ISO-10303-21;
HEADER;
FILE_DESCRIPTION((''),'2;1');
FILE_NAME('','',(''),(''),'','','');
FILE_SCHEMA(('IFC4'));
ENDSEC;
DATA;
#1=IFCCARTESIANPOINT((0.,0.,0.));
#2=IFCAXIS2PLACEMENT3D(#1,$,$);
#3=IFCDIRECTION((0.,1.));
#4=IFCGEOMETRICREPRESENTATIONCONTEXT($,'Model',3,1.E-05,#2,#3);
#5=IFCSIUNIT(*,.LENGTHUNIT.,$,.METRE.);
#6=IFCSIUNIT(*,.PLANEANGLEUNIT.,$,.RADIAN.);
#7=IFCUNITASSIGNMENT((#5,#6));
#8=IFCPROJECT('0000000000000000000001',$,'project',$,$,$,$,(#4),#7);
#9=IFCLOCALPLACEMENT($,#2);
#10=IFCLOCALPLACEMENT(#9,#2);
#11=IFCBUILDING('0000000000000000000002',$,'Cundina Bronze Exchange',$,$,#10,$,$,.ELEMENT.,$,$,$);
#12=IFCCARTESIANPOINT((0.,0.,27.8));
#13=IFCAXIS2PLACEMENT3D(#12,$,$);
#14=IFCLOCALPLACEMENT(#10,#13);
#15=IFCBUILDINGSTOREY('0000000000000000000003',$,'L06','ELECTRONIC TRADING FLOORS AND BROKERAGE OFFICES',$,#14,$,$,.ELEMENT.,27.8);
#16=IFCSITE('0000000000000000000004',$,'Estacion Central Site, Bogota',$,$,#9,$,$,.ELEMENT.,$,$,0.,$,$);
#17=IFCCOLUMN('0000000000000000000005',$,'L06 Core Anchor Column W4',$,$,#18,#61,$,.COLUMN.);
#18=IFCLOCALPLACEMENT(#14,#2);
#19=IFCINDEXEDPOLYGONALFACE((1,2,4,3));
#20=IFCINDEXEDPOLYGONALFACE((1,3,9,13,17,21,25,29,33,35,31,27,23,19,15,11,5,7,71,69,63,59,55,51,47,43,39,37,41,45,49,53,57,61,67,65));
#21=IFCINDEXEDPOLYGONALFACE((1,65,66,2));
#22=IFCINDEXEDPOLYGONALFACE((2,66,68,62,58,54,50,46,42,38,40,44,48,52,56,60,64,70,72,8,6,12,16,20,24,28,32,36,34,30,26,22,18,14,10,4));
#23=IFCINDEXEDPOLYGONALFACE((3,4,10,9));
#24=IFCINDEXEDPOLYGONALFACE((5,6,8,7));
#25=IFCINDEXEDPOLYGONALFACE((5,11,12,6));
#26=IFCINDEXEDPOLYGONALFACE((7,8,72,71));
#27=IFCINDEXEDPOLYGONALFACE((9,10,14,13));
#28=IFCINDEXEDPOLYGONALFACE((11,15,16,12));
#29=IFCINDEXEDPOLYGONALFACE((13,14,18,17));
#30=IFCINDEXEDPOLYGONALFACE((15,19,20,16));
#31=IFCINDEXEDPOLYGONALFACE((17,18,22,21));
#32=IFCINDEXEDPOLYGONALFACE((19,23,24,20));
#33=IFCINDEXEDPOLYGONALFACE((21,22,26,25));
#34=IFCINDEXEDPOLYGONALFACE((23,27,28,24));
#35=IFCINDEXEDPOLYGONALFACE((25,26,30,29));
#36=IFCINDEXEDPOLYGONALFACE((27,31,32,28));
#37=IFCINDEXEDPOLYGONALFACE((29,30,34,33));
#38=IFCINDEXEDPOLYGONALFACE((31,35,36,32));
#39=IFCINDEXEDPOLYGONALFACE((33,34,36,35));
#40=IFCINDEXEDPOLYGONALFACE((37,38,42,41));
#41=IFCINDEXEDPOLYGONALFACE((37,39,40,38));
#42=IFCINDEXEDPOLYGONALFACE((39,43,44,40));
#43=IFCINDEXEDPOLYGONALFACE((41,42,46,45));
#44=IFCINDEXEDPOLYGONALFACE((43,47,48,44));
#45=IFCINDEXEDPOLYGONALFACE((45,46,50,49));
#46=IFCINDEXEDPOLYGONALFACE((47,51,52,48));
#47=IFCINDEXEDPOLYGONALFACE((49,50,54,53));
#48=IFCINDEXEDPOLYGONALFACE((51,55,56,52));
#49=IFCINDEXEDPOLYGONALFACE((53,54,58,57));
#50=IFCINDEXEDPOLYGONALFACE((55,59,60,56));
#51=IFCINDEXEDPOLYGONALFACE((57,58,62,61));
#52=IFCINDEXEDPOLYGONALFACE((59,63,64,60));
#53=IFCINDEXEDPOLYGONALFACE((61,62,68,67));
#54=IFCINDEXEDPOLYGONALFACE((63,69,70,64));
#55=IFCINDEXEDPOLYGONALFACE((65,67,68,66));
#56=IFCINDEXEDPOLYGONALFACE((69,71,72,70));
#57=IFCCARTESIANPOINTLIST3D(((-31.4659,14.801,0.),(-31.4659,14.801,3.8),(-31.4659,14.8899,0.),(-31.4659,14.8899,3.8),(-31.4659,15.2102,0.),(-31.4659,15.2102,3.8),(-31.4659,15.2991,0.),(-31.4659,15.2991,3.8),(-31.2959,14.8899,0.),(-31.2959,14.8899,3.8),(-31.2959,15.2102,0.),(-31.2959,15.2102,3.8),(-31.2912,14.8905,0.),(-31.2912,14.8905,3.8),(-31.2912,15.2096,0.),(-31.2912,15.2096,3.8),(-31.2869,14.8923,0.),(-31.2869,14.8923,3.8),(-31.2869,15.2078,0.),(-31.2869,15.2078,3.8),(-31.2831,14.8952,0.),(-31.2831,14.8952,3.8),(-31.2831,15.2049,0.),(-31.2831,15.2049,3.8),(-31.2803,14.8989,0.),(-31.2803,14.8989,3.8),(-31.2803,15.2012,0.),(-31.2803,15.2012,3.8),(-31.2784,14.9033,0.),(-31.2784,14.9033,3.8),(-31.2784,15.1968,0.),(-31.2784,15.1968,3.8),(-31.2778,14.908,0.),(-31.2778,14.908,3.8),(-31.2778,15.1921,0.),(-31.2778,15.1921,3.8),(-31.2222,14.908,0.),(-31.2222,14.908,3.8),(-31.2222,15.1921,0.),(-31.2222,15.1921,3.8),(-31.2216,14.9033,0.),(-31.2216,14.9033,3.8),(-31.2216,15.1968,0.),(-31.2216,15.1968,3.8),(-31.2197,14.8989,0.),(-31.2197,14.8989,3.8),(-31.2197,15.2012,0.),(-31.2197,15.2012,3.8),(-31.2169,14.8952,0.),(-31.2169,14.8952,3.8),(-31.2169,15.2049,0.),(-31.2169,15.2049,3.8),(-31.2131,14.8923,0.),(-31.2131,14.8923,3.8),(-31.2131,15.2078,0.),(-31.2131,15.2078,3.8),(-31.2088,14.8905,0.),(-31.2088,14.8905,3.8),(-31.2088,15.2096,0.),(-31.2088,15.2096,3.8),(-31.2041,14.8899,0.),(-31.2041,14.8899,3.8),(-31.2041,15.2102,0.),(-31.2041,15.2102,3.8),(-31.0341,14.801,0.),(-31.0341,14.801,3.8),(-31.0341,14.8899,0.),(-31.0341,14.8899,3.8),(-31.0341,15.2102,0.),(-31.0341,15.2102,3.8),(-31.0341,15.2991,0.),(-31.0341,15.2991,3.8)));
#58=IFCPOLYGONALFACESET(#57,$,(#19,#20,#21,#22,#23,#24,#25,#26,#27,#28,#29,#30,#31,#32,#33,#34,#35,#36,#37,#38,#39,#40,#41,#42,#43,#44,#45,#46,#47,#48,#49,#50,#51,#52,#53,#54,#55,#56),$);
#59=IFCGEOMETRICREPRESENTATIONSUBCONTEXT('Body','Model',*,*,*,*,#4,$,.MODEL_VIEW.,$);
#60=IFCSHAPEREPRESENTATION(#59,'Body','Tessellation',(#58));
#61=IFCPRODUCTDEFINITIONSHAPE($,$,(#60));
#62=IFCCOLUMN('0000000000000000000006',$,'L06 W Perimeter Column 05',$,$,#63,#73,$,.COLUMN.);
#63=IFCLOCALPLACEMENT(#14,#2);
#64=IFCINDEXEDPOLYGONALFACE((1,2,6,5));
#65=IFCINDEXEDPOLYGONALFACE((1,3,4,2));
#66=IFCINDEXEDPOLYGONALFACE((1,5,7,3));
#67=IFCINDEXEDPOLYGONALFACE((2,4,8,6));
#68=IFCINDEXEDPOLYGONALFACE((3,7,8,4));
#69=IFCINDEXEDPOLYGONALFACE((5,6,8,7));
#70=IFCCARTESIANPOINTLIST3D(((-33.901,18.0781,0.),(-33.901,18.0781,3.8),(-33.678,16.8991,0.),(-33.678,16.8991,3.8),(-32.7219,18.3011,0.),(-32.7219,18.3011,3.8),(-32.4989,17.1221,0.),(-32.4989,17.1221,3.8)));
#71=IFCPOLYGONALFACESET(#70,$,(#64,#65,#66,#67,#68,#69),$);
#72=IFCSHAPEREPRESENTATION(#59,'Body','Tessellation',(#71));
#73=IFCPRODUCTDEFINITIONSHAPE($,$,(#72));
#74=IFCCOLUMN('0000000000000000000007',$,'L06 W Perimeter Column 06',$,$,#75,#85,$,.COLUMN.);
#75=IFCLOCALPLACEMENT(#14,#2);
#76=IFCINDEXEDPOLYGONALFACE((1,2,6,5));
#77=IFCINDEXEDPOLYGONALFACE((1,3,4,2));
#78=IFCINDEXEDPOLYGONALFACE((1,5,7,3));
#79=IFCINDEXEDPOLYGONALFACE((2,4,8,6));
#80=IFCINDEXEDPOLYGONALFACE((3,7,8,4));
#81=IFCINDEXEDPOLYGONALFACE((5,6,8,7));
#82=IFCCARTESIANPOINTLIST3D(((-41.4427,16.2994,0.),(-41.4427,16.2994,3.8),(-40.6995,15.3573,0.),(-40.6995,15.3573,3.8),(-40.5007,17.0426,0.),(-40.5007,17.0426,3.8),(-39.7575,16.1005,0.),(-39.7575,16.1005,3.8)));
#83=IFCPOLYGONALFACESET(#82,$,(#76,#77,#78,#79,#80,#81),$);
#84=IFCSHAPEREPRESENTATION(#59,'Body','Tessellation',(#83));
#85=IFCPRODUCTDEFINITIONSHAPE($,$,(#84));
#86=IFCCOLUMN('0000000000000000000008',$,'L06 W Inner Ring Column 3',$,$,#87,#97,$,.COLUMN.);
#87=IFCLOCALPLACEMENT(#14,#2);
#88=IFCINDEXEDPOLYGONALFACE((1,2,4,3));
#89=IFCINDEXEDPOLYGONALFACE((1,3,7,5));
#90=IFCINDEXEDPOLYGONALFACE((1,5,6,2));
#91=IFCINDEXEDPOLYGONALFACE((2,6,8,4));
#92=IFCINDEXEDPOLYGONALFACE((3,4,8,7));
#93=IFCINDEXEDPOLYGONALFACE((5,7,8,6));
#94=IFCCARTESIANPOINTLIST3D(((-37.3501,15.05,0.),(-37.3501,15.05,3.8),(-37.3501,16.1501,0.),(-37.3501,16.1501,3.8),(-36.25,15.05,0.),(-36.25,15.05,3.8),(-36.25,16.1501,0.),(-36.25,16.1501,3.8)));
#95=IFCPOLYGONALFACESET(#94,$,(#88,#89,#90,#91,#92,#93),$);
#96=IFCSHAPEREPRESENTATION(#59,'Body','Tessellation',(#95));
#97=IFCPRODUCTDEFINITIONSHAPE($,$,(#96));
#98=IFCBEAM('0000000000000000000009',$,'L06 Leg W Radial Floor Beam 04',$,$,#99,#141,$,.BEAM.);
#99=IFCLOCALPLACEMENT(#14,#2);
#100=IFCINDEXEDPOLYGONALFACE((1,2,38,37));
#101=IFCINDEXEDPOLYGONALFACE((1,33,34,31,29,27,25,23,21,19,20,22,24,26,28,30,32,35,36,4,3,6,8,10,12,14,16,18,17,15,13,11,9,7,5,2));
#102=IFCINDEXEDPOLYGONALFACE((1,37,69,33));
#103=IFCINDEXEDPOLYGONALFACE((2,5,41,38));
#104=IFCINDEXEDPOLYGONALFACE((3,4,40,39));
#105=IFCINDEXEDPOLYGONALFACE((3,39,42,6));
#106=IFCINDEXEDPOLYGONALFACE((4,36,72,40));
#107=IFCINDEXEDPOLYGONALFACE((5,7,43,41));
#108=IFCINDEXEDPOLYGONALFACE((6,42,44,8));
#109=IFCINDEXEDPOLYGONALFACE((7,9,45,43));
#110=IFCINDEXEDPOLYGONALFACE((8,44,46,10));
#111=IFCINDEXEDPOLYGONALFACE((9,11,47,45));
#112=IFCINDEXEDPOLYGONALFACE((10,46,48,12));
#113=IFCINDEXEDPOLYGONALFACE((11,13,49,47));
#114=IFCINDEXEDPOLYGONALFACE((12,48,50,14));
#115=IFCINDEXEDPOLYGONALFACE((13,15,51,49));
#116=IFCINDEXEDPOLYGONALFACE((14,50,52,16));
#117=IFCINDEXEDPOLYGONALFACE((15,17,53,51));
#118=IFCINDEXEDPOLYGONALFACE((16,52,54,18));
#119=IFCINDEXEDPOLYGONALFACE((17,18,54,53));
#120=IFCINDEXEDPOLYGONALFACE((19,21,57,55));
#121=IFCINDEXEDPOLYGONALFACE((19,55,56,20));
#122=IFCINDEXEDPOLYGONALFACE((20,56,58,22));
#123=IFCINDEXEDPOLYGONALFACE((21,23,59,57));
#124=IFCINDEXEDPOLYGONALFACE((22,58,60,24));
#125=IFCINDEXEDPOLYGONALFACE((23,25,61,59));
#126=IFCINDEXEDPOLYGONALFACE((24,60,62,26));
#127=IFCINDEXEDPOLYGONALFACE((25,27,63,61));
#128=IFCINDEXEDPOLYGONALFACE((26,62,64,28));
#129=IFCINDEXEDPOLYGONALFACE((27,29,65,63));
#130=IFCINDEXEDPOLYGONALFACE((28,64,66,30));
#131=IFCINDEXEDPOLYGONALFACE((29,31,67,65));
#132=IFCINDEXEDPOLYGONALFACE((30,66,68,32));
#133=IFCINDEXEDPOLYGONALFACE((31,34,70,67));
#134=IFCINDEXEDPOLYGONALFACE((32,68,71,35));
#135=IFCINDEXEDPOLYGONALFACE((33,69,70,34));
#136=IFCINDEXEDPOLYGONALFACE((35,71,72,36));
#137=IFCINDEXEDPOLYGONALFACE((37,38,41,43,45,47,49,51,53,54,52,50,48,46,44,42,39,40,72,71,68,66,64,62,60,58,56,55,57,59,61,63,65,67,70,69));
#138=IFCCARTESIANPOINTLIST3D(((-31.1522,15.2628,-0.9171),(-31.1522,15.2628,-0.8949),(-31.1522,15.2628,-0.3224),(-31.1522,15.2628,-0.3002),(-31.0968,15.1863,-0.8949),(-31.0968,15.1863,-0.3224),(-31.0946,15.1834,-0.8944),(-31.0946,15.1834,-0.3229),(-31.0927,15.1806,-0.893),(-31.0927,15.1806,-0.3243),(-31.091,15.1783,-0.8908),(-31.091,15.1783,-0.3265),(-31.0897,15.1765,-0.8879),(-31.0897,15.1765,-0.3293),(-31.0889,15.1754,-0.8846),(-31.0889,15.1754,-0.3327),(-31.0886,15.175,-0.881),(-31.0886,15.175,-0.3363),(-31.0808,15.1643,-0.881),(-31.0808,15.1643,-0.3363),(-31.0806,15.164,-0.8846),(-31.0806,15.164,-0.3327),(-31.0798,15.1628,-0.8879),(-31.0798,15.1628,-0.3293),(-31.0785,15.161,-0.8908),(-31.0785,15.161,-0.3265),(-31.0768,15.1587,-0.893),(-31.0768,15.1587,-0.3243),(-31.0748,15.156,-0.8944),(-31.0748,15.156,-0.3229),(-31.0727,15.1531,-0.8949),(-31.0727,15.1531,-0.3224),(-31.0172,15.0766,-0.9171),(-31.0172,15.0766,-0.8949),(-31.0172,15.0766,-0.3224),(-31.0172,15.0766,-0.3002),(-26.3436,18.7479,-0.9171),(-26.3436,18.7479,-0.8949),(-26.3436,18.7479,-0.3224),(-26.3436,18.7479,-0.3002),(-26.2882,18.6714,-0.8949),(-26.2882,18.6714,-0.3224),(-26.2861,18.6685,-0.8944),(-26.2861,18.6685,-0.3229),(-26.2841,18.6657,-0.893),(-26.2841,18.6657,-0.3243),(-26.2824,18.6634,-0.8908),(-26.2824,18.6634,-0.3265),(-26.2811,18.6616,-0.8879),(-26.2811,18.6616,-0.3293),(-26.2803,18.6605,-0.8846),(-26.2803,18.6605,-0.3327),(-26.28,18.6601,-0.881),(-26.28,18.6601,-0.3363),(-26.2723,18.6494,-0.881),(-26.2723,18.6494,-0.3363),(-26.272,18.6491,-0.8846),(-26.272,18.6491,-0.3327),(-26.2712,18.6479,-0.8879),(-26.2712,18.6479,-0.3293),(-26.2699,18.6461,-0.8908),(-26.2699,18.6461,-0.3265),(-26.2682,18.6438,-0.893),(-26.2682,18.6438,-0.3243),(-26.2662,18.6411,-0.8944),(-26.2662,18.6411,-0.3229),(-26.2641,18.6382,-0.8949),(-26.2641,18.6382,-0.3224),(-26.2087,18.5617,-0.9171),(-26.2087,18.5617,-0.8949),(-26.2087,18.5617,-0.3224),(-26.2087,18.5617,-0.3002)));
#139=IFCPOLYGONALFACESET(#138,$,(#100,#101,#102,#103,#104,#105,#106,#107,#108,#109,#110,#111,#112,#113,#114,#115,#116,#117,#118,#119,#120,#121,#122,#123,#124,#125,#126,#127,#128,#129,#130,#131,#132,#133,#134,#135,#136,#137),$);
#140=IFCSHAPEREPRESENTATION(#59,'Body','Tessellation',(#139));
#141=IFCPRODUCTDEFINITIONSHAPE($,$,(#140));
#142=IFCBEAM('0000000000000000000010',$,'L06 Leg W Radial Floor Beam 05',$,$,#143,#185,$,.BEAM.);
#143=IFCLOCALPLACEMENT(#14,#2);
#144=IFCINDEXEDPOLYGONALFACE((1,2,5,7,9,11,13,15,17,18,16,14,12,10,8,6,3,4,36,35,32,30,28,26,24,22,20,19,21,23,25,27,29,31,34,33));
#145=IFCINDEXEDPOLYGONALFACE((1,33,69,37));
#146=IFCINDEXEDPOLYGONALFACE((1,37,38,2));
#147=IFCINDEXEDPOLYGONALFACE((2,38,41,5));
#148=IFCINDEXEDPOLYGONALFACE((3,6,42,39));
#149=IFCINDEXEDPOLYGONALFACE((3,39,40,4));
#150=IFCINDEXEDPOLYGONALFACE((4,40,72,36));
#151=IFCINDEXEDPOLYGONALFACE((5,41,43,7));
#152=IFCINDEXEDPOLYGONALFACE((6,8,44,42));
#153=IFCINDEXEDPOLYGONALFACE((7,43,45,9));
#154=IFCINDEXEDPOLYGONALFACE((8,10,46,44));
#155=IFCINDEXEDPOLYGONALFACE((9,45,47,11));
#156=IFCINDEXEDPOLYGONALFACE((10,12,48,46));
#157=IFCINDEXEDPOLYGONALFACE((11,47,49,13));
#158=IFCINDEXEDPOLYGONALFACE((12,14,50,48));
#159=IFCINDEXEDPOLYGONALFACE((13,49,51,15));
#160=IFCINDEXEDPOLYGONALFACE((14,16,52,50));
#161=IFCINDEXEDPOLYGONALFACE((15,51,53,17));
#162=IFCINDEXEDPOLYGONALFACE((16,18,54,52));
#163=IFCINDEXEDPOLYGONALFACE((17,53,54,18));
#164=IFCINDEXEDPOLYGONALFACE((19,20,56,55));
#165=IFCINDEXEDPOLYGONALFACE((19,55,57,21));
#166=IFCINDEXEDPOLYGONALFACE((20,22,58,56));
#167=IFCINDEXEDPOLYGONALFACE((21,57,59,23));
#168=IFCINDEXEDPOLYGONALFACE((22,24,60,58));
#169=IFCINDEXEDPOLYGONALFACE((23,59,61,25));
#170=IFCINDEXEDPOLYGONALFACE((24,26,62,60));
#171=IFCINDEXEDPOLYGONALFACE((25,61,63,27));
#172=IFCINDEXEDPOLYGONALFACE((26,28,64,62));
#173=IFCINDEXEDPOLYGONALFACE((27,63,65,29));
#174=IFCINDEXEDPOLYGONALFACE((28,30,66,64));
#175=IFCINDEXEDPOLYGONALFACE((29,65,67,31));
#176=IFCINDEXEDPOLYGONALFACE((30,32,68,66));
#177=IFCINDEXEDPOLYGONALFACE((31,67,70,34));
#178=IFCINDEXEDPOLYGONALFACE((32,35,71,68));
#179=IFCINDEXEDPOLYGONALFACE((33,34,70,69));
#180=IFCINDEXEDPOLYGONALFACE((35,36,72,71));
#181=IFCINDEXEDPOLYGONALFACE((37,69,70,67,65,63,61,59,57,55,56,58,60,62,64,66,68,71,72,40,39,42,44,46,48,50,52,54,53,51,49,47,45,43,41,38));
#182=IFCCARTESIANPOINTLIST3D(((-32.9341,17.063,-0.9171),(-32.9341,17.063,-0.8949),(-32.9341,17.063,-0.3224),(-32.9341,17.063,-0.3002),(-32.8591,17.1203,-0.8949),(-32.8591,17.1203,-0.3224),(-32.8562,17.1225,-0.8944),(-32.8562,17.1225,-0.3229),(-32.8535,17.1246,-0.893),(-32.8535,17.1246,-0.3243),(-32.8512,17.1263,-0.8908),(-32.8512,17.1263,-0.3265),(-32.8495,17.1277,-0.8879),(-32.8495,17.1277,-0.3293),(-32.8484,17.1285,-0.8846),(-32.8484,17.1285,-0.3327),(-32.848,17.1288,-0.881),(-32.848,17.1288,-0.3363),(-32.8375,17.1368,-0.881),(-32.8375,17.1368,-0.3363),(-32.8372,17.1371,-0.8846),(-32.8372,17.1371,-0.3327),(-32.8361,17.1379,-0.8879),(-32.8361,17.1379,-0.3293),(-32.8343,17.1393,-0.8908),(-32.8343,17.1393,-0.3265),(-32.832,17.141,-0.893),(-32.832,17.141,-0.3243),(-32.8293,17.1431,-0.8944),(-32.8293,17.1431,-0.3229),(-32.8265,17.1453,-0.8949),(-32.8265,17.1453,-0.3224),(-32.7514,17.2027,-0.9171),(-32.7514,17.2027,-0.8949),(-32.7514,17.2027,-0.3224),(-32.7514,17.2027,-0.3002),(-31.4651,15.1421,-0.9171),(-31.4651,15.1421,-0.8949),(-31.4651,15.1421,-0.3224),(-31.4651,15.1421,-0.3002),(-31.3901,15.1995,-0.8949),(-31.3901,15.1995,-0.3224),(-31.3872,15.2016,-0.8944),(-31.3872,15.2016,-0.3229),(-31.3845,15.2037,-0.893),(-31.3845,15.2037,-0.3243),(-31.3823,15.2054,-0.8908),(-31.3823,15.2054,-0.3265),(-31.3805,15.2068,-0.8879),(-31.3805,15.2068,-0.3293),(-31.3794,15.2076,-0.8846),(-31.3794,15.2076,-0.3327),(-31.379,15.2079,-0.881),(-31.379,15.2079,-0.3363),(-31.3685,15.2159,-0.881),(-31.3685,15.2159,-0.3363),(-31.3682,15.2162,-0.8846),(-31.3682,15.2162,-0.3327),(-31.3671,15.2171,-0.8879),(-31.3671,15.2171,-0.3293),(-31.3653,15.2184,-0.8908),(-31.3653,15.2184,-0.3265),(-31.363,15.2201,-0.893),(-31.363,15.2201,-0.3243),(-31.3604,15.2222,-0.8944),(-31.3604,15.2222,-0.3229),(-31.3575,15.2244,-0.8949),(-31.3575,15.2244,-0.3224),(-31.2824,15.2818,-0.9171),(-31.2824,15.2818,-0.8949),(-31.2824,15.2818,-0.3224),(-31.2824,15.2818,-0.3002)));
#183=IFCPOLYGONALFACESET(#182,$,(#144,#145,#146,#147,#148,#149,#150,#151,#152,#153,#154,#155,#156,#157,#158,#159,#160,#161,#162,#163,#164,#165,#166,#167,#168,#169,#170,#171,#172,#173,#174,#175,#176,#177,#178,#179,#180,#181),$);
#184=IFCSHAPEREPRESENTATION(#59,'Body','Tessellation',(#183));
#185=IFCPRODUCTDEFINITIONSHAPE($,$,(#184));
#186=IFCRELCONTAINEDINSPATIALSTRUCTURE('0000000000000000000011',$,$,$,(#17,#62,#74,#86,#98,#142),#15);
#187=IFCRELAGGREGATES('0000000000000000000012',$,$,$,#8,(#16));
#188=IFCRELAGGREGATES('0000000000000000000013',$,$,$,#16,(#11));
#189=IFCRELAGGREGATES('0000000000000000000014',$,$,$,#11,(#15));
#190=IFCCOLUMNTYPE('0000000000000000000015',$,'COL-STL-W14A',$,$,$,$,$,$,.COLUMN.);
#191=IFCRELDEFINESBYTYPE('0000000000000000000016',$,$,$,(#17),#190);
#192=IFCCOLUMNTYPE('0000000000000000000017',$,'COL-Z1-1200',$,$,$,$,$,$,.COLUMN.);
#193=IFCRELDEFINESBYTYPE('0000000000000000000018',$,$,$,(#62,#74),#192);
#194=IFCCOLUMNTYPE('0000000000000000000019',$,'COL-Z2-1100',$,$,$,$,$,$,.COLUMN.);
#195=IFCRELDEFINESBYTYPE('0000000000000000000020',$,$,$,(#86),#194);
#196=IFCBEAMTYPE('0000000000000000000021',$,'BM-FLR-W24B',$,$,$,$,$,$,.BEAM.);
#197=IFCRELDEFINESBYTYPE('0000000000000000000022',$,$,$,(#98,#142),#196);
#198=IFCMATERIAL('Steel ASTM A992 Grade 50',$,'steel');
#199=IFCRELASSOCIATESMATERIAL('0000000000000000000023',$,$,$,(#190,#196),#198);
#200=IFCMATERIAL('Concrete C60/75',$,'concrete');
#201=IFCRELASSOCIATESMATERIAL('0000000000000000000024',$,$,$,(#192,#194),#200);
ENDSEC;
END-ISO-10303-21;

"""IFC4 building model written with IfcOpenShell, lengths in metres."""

from ifc_helpers import new_model, si_unit, direction, frame, origin, origin_2d, place, context, subcontext, project, spatial, rectangle, i_section, extrude, material, material_profile, profile_set, type_object, element, save


model = new_model("IFC4")

# Units and contexts
model_context = context("Model", 3, precision=1e-05, world=origin(), true_north=direction((0.0, 1.0)))
body_context = subcontext(model_context, "Body", "Model", "MODEL_VIEW")
ifc_project = project(units=[si_unit("LENGTHUNIT", "METRE"), si_unit("PLANEANGLEUNIT", "RADIAN")], contexts=[model_context])

# Site, building, storey
site_placement = place(None, origin())
site = spatial("IfcSite", under=ifc_project, at=site_placement, Name="Estacion Central Site, Bogota", CompositionType="ELEMENT", RefElevation=0.0)
building_placement = place(site_placement, origin())
building = spatial("IfcBuilding", under=site, at=building_placement, Name="Cundina Bronze Exchange", CompositionType="ELEMENT")
storey_placement = place(building_placement, frame((0.0, 0.0, 27.8)))
storey = spatial("IfcBuildingStorey", under=building, at=storey_placement, Name="L06", Description="ELECTRONIC TRADING FLOORS AND BROKERAGE OFFICES", CompositionType="ELEMENT", Elevation=27.8)

# Columns
ifc_material_1 = material(Name="Steel ASTM A992 Grade 50", Category="steel")
ifc_material_profile_1 = material_profile(ifc_material_1, i_section(OverallWidth=0.4319, OverallDepth=0.498, WebThickness=0.0557, FlangeThickness=0.0889, FilletRadius=0.0181, at=origin_2d()), Name="W14X500", Category="steel")
ifc_profile_set_1 = profile_set([ifc_material_profile_1], Name="Steel ASTM A992 Grade 50")
column_type_1 = type_object("IfcColumnType", Name="COL-STL-W14A", PredefinedType="COLUMN", material=ifc_profile_set_1)
column_1_placement = place(storey_placement, frame((-31.25, 15.05, 0.0), z_axis=(0.0, 0.0, 1.0), x_axis=(1.0, 0.0, 0.0)))
element("IfcColumn", 1, at=column_1_placement, inside=storey, type_object=column_type_1, Name="L06 Core Anchor Column W4", PredefinedType="COLUMN", context=body_context, shape_type="SweptSolid", body=[
    extrude(i_section(OverallWidth=0.4319, OverallDepth=0.498, WebThickness=0.0557, FlangeThickness=0.0889, FilletRadius=0.0181, at=origin_2d()), origin(), (0.0, 0.0, 1.0), 3.8),
])
ifc_material_2 = material(Name="Concrete C60/75", Category="concrete")
ifc_material_profile_2 = material_profile(ifc_material_2, rectangle(XDim=1.2, YDim=1.2, at=origin_2d()), Name="RC1200X1200", Category="concrete")
ifc_profile_set_2 = profile_set([ifc_material_profile_2], Name="Concrete C60/75")
column_type_2 = type_object("IfcColumnType", Name="COL-Z1-1200", PredefinedType="COLUMN", material=ifc_profile_set_2)
for number, where, z_axis, x_axis, name in (
    (2, (-33.2, 17.6001, 0.0), (0.0, 0.0, 1.0), (-0.98258, -0.185838, 0.0), "L06 W Perimeter Column 05"),
    (3, (-40.6001, 16.2, 0.0), (0.0, 0.0, 1.0), (-0.785101, -0.619368, 0.0), "L06 W Perimeter Column 06"),
):
    element("IfcColumn", number, at=place(storey_placement, frame(where, z_axis=z_axis, x_axis=x_axis)), inside=storey, type_object=column_type_2, Name=name, PredefinedType="COLUMN", context=body_context, shape_type="SweptSolid", body=[
        extrude(rectangle(XDim=1.2, YDim=1.2, at=origin_2d()), origin(), (0.0, 0.0, 1.0), 3.8),
    ])
ifc_material_profile_3 = material_profile(ifc_material_2, rectangle(XDim=1.1001, YDim=1.1001, at=origin_2d()), Name="RC1100X1100", Category="concrete")
ifc_profile_set_3 = profile_set([ifc_material_profile_3], Name="Concrete C60/75")
column_type_3 = type_object("IfcColumnType", Name="COL-Z2-1100", PredefinedType="COLUMN", material=ifc_profile_set_3)
column_2_placement = place(storey_placement, frame((-36.8, 15.6001, 0.0), z_axis=(0.0, 0.0, 1.0), x_axis=(1.0, 0.0, 0.0)))
element("IfcColumn", 4, at=column_2_placement, inside=storey, type_object=column_type_3, Name="L06 W Inner Ring Column 3", PredefinedType="COLUMN", context=body_context, shape_type="SweptSolid", body=[
    extrude(rectangle(XDim=1.1001, YDim=1.1001, at=origin_2d()), origin(), (0.0, 0.0, 1.0), 3.8),
])

# Beams
ifc_material_profile_4 = material_profile(ifc_material_1, i_section(OverallWidth=0.23, OverallDepth=0.6169, WebThickness=0.0132, FlangeThickness=0.0222, FilletRadius=0.0139, at=origin_2d()), Name="W24X94", Category="steel")
ifc_profile_set_4 = profile_set([ifc_material_profile_4], Name="Steel ASTM A992 Grade 50")
beam_type_1 = type_object("IfcBeamType", Name="BM-FLR-W24B", PredefinedType="BEAM", material=ifc_profile_set_4)
beam_1_placement = place(storey_placement, frame((-31.0847, 15.1697, -0.6086), z_axis=(0.8097, 0.586844, 0.0), x_axis=(-0.586844, 0.8097, 0.0)))
element("IfcBeam", 5, at=beam_1_placement, inside=storey, type_object=beam_type_1, Name="L06 Leg W Radial Floor Beam 04", PredefinedType="BEAM", context=body_context, shape_type="SweptSolid", body=[
    extrude(i_section(OverallWidth=0.23, OverallDepth=0.6169, WebThickness=0.0132, FlangeThickness=0.0222, FilletRadius=0.0139, at=origin_2d()), origin(), (0.0, 0.0, 1.0), 5.9387),
])
beam_2_placement = place(storey_placement, frame((-31.3738, 15.2119, -0.6086), z_axis=(-0.607469, 0.794344, 0.0), x_axis=(-0.794344, -0.607469, 0.0)))
element("IfcBeam", 6, at=beam_2_placement, inside=storey, type_object=beam_type_1, Name="L06 Leg W Radial Floor Beam 05", PredefinedType="BEAM", context=body_context, shape_type="SweptSolid", body=[
    extrude(i_section(OverallWidth=0.23, OverallDepth=0.6169, WebThickness=0.0132, FlangeThickness=0.0222, FilletRadius=0.0139, at=origin_2d()), origin(), (0.0, 0.0, 1.0), 2.4182),
])

save(model, "model.ifc")
